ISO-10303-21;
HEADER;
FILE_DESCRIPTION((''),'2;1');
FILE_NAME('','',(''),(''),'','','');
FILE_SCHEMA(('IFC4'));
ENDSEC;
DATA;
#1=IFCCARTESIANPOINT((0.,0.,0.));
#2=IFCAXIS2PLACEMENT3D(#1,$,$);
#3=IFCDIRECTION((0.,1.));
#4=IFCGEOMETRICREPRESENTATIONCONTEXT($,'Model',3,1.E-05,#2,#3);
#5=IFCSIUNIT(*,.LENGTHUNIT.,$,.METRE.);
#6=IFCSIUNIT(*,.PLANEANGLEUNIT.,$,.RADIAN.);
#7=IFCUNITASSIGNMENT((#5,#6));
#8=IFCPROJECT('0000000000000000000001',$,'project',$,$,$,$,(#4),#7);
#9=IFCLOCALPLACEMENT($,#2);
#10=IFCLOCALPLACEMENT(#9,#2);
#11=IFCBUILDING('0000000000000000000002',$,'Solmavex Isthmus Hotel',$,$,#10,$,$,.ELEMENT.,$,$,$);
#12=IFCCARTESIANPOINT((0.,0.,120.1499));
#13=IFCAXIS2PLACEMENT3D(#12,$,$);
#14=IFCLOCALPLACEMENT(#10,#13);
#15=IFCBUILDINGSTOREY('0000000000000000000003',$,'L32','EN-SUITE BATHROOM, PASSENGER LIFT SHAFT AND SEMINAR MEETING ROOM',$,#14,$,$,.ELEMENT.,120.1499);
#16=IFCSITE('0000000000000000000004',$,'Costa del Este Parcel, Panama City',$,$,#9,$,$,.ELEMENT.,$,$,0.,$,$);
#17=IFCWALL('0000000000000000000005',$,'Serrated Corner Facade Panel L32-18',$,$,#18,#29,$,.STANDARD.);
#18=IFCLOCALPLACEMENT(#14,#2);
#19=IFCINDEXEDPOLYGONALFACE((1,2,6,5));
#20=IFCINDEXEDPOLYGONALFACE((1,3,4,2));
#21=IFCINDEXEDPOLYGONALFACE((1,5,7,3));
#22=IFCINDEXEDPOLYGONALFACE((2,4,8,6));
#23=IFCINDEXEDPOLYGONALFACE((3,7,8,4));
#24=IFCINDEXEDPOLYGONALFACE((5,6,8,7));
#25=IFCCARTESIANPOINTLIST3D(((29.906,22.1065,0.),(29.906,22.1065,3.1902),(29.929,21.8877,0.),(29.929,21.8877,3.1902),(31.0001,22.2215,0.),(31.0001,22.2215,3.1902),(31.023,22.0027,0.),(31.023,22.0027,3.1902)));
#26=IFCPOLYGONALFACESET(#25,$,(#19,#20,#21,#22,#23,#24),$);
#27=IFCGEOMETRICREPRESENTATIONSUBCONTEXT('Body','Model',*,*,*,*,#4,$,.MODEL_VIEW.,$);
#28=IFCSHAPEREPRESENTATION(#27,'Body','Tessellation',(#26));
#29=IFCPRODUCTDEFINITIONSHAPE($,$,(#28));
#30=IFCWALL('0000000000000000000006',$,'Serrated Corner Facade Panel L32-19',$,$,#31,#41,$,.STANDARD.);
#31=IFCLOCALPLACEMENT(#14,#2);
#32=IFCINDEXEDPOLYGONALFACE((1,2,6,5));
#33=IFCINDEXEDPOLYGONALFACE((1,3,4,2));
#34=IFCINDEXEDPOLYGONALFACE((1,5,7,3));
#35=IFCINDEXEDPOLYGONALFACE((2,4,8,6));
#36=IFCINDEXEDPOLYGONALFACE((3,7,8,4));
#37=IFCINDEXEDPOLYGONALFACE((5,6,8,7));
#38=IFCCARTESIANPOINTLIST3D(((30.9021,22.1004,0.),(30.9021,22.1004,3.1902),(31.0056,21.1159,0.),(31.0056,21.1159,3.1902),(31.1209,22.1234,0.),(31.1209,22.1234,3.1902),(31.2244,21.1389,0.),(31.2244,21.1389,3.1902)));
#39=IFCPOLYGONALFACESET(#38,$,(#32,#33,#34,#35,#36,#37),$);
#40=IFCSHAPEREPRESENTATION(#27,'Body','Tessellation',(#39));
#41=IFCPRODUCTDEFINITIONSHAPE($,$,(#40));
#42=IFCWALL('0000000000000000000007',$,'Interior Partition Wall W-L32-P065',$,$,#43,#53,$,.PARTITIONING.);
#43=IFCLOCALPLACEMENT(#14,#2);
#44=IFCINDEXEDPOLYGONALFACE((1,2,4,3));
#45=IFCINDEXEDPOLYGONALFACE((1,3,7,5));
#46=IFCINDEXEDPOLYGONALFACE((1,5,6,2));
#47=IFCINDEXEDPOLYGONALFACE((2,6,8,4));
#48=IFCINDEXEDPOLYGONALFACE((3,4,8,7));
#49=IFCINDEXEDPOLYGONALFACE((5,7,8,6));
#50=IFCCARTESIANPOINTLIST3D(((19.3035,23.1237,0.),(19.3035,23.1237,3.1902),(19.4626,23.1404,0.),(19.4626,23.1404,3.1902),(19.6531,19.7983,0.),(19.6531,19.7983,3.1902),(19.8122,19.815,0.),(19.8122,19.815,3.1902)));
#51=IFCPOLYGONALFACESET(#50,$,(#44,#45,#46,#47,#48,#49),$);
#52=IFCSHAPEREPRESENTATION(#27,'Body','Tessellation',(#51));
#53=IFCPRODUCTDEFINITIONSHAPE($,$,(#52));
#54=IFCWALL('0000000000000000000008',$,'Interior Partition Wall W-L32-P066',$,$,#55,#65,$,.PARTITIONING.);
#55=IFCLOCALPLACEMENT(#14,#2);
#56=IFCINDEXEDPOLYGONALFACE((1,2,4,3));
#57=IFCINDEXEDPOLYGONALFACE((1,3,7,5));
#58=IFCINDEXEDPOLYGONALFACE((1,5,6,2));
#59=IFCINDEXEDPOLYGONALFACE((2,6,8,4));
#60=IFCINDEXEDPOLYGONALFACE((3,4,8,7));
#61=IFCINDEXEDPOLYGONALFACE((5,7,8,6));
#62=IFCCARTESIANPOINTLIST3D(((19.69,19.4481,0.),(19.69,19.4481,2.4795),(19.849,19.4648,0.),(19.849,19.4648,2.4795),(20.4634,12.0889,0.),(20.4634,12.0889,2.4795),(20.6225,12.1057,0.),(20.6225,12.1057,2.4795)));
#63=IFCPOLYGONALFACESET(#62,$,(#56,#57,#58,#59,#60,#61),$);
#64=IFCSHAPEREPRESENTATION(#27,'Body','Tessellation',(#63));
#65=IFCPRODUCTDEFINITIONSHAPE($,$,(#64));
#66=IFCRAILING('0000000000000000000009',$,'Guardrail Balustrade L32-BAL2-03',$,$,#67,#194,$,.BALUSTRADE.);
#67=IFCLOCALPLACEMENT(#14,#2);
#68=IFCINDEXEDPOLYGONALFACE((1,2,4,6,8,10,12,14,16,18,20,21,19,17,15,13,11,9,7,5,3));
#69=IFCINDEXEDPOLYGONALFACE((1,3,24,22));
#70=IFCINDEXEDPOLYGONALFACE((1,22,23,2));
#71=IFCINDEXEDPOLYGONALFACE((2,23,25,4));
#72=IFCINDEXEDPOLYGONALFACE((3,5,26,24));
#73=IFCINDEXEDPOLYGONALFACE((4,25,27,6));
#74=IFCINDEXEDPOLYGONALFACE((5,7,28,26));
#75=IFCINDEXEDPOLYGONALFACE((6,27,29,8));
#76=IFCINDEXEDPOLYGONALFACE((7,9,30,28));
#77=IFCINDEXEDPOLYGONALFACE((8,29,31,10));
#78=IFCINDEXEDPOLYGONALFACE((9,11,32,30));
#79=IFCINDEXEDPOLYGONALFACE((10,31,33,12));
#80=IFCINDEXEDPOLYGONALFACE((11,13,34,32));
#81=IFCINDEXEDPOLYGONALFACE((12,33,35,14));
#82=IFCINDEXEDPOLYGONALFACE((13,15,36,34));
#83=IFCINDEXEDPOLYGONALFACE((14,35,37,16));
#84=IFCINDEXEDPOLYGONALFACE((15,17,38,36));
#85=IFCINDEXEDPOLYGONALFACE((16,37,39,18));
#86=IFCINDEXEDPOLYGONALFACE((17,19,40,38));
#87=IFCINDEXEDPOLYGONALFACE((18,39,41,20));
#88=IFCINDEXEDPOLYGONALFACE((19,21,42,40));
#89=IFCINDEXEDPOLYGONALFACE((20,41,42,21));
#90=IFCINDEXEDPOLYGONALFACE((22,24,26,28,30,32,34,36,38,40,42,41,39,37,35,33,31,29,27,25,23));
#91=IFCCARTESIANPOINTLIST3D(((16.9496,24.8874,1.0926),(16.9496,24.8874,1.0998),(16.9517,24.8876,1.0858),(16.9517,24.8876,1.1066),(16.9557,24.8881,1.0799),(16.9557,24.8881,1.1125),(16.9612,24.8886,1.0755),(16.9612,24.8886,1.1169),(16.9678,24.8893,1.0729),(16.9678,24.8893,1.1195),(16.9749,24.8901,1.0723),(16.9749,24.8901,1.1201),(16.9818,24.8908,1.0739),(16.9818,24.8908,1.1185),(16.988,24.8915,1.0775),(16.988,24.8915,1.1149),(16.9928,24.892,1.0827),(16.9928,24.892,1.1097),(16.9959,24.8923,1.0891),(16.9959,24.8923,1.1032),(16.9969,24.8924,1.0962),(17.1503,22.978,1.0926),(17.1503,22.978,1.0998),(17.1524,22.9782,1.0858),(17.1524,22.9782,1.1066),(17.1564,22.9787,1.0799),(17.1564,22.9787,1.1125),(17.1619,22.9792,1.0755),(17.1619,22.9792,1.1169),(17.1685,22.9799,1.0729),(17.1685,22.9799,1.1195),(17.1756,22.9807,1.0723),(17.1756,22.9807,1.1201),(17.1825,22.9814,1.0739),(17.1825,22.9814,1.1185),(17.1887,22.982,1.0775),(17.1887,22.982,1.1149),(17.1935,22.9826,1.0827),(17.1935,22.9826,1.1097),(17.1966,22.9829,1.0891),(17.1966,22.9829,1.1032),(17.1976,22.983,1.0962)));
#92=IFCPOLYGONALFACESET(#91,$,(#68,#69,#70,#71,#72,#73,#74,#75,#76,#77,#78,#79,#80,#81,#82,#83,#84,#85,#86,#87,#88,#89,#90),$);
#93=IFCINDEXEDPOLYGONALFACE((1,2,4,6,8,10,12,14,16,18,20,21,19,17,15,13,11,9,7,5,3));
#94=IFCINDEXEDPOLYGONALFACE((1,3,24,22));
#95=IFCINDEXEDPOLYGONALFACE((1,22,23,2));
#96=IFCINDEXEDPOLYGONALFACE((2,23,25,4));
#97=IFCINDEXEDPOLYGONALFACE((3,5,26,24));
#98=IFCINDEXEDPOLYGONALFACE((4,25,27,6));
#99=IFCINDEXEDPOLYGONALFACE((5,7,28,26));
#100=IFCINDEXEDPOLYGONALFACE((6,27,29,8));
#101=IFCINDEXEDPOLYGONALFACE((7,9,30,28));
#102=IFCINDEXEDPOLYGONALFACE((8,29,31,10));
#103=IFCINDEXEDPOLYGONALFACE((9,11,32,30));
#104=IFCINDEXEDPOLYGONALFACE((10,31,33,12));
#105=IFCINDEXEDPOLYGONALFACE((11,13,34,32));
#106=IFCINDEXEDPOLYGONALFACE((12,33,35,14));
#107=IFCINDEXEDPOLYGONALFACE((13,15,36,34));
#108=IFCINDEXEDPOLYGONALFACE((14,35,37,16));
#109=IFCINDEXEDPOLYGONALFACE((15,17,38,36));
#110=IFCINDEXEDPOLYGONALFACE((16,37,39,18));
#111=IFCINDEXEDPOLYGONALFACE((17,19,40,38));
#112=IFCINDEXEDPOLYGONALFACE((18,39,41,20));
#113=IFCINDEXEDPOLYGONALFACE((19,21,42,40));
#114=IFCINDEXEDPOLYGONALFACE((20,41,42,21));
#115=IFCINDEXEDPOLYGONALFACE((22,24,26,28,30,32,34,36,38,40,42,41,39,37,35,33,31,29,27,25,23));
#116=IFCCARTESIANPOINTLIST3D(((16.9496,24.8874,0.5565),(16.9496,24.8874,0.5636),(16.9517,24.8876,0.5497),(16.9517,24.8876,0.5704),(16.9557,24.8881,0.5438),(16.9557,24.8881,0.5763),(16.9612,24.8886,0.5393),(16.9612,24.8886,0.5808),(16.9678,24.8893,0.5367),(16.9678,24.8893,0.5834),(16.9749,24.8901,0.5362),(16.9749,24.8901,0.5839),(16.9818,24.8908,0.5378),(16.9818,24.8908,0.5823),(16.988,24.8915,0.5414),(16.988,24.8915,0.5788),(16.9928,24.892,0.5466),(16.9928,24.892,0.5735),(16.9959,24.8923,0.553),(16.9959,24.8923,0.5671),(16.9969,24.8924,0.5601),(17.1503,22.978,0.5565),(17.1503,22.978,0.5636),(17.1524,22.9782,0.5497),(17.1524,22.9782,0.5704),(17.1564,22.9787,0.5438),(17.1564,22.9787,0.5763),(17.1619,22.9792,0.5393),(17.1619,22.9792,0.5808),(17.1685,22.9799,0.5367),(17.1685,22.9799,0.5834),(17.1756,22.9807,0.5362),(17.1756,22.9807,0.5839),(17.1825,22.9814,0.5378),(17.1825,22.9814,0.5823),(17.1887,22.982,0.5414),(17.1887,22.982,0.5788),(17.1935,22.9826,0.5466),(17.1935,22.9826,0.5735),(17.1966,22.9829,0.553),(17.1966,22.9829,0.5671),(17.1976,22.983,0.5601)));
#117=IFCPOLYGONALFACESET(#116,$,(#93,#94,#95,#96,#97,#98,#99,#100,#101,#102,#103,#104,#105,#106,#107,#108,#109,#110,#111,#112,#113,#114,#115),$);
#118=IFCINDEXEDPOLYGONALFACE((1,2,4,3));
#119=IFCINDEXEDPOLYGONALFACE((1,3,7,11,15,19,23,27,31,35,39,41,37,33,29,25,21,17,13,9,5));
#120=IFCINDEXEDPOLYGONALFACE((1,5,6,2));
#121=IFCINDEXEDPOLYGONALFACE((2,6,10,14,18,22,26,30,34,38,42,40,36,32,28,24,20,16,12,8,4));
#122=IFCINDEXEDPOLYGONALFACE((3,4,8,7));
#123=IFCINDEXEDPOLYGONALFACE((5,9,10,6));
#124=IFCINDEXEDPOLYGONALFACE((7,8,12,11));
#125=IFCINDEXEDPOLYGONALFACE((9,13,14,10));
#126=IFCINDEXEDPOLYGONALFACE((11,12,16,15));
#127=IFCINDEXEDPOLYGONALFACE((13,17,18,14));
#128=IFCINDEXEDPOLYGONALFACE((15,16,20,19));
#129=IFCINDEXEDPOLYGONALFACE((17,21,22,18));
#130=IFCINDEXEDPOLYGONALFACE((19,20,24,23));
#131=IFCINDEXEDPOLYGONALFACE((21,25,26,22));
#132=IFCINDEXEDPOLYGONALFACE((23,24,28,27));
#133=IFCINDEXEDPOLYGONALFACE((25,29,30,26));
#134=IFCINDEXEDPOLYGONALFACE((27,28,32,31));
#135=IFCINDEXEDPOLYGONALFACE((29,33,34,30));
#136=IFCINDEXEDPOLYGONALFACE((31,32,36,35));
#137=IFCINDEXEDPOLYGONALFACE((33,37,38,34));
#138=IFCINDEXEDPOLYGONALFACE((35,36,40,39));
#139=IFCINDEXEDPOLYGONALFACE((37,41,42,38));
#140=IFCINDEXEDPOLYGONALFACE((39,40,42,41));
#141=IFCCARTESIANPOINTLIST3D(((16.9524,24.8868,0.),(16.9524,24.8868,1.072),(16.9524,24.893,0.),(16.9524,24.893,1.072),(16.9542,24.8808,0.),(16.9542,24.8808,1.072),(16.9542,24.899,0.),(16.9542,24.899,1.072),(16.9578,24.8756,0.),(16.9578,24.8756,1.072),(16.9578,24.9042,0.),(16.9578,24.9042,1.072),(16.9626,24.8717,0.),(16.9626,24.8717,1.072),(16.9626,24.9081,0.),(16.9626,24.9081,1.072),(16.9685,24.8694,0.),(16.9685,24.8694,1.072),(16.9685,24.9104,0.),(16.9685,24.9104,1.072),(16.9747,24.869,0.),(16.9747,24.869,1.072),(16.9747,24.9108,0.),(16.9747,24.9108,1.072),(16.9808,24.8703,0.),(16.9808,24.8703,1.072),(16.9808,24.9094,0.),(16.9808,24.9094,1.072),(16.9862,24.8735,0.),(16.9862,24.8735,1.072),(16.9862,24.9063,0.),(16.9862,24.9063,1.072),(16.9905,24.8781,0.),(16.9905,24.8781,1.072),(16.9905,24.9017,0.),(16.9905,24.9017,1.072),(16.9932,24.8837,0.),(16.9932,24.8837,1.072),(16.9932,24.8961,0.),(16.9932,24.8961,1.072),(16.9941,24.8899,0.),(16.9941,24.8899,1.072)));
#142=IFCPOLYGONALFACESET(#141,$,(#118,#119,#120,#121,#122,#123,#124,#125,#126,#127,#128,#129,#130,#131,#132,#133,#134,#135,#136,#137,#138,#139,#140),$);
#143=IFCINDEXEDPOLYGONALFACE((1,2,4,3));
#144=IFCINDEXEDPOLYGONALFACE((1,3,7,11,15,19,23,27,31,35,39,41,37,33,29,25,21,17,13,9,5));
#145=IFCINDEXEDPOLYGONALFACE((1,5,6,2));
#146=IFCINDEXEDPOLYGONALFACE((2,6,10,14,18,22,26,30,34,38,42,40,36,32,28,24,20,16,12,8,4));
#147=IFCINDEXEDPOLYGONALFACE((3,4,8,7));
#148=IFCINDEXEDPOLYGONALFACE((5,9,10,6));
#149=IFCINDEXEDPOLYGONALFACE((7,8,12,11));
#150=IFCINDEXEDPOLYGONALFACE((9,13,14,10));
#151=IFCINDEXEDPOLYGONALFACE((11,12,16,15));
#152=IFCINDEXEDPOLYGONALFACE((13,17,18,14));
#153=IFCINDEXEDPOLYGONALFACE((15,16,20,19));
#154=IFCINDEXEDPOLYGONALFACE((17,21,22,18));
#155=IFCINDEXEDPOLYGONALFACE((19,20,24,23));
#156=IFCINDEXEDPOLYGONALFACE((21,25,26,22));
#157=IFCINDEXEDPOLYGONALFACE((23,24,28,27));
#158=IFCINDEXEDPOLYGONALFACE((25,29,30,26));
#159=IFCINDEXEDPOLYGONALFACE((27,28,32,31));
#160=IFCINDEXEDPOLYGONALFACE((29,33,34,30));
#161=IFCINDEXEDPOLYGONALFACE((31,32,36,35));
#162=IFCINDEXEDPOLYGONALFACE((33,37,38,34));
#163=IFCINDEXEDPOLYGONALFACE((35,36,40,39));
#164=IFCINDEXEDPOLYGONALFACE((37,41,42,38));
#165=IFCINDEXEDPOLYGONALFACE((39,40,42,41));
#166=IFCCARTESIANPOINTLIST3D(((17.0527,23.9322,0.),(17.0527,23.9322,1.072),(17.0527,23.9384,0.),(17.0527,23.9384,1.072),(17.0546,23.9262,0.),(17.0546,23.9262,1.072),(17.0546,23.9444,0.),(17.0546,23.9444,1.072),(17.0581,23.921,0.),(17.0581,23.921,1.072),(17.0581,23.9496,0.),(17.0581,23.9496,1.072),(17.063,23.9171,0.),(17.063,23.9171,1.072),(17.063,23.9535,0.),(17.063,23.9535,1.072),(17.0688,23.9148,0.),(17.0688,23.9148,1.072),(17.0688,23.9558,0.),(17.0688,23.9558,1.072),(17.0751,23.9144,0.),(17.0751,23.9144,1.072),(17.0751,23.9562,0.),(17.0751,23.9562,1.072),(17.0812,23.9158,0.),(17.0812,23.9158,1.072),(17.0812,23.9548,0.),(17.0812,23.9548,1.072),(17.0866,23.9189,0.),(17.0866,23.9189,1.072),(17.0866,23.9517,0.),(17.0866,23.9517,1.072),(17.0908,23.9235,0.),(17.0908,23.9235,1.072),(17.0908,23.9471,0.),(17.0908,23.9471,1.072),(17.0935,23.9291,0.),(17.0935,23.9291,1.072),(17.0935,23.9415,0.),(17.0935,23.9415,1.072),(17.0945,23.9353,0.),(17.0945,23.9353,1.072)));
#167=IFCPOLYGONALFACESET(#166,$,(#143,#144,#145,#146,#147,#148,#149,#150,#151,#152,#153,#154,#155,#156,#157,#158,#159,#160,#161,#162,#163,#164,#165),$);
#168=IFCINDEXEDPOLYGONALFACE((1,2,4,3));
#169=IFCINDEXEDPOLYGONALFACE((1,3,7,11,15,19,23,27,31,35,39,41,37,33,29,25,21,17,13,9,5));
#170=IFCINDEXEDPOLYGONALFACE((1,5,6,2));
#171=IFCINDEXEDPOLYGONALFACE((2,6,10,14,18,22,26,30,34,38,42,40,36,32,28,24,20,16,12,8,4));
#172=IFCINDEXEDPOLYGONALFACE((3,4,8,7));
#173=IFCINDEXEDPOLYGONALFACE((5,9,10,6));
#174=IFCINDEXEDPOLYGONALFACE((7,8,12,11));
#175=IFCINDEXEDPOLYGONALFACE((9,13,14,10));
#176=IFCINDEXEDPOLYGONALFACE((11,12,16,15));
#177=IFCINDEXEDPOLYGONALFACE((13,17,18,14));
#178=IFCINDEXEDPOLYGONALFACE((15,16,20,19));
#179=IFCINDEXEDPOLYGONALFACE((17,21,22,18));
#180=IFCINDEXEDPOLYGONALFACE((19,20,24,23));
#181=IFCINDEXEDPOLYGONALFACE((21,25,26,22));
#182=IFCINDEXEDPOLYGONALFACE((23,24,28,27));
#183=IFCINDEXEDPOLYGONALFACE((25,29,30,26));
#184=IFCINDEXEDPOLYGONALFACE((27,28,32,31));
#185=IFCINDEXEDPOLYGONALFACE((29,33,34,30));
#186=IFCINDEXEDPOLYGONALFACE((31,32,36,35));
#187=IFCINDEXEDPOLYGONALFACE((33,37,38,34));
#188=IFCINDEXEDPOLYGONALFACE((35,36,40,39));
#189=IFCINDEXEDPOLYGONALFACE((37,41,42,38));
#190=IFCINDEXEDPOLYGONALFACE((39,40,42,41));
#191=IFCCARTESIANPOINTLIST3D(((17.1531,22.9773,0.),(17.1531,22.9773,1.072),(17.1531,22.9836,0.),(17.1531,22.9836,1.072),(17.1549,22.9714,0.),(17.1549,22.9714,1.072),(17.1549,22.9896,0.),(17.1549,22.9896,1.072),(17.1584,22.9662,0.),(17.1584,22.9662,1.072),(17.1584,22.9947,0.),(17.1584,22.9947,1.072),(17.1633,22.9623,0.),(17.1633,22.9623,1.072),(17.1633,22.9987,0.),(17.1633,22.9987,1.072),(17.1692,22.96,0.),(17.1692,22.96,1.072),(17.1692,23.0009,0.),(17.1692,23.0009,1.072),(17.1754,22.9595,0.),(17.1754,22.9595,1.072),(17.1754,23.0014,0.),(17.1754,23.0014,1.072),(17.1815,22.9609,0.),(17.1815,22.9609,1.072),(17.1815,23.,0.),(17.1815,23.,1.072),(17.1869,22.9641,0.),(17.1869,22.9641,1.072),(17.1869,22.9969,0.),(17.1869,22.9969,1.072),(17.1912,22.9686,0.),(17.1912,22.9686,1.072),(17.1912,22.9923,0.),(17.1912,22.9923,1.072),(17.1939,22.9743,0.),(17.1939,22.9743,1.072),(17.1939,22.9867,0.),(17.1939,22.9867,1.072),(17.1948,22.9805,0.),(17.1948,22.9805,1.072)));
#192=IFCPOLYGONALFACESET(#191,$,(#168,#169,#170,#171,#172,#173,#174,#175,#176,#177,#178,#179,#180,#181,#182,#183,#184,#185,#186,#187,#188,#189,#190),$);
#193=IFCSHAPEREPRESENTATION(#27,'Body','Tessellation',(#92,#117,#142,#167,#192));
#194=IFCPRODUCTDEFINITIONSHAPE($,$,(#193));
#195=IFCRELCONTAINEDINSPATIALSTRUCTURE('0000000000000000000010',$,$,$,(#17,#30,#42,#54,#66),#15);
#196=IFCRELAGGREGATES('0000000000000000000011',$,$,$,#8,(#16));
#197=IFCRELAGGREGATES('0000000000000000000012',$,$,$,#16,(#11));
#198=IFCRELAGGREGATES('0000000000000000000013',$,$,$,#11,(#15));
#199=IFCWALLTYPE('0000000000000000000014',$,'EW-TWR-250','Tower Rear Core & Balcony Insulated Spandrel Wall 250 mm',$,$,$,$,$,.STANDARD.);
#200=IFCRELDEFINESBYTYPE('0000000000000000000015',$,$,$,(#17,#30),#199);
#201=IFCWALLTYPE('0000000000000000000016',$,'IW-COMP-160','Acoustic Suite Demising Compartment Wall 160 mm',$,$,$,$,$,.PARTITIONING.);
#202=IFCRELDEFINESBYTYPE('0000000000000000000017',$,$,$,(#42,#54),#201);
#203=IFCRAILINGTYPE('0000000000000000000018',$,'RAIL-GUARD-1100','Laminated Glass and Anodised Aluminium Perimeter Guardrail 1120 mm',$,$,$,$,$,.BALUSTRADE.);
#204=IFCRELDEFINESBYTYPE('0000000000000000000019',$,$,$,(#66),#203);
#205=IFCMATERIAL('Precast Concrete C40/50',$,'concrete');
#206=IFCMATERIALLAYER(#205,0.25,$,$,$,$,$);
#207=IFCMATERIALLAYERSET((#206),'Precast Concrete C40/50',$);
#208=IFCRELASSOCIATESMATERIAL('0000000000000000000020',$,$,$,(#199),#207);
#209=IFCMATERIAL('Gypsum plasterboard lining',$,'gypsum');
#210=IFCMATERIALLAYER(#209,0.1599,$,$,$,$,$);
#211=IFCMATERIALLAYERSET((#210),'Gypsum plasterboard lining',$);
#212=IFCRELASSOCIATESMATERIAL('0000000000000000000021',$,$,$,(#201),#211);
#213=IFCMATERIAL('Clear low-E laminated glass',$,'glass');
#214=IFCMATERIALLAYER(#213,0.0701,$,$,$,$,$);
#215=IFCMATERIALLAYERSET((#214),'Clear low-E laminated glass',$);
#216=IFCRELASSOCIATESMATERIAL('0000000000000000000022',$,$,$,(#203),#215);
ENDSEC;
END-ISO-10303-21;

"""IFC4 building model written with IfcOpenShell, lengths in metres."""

from ifc_helpers import new_model, si_unit, direction, frame, frame_2d, origin, origin_2d, place, context, subcontext, project, spatial, rectangle, circle, extrude, material, layer, layer_set, type_object, element, save


model = new_model("IFC4")

# Units and contexts
model_context = context("Model", 3, precision=1e-05, world=origin(), true_north=direction((0.0, 1.0)))
body_context = subcontext(model_context, "Body", "Model", "MODEL_VIEW")
ifc_project = project(units=[si_unit("LENGTHUNIT", "METRE"), si_unit("PLANEANGLEUNIT", "RADIAN")], contexts=[model_context])

# Site, building, storey
site_placement = place(None, origin())
site = spatial("IfcSite", under=ifc_project, at=site_placement, Name="Costa del Este Parcel, Panama City", CompositionType="ELEMENT", RefElevation=0.0)
building_placement = place(site_placement, origin())
building = spatial("IfcBuilding", under=site, at=building_placement, Name="Solmavex Isthmus Hotel", CompositionType="ELEMENT")
storey_placement = place(building_placement, frame((0.0, 0.0, 120.1499)))
storey = spatial("IfcBuildingStorey", under=building, at=storey_placement, Name="L32", Description="EN-SUITE BATHROOM, PASSENGER LIFT SHAFT AND SEMINAR MEETING ROOM", CompositionType="ELEMENT", Elevation=120.1499)

# Shared definitions
ifc_material_1 = material(Name="Clear low-E laminated glass", Category="glass")

# Walls
ifc_material_2 = material(Name="Precast Concrete C40/50", Category="concrete")
ifc_layer_1 = layer(ifc_material_2, 0.25)
ifc_layer_set_1 = layer_set([ifc_layer_1], Name="Precast Concrete C40/50")
wall_type_1 = type_object("IfcWallType", Name="EW-TWR-250", Description="Tower Rear Core & Balcony Insulated Spandrel Wall 250 mm", PredefinedType="STANDARD", material=ifc_layer_set_1)
for number, where, z_axis, x_axis, name in (
    (1, (29.9175, 21.9971, 0.0), (0.0, 0.0, 1.0), (0.994521, 0.104535, 0.0), "Serrated Corner Facade Panel L32-18"),
):
    element("IfcWall", number, at=place(storey_placement, frame(where, z_axis=z_axis, x_axis=x_axis)), inside=storey, type_object=wall_type_1, Name=name, PredefinedType="STANDARD", context=body_context, shape_type="SweptSolid", body=[
        extrude(rectangle(XDim=1.1001, YDim=0.22, at=frame_2d((0.55, 0.0))), origin(), (0.0, 0.0, 1.0), 3.1902),
    ])
wall_1_placement = place(storey_placement, frame((31.0115, 22.1121, 0.0), z_axis=(0.0, 0.0, 1.0), x_axis=(0.104556, -0.994519, 0.0)))
element("IfcWall", 2, at=wall_1_placement, inside=storey, type_object=wall_type_1, Name="Serrated Corner Facade Panel L32-19", PredefinedType="STANDARD", context=body_context, shape_type="SweptSolid", body=[
    extrude(rectangle(XDim=0.99, YDim=0.22, at=frame_2d((0.4951, 0.0))), origin(), (0.0, 0.0, 1.0), 3.1902),
])
ifc_material_3 = material(Name="Gypsum plasterboard lining", Category="gypsum")
ifc_layer_2 = layer(ifc_material_3, 0.1599)
ifc_layer_set_2 = layer_set([ifc_layer_2], Name="Gypsum plasterboard lining")
wall_type_2 = type_object("IfcWallType", Name="IW-COMP-160", Description="Acoustic Suite Demising Compartment Wall 160 mm", PredefinedType="PARTITIONING", material=ifc_layer_set_2)
wall_2_placement = place(storey_placement, frame((19.3831, 23.1321, 0.0), z_axis=(0.0, 0.0, 1.0), x_axis=(0.104556, -0.994519, 0.0)))
element("IfcWall", 3, at=wall_2_placement, inside=storey, type_object=wall_type_2, Name="Interior Partition Wall W-L32-P065", PredefinedType="PARTITIONING", context=body_context, shape_type="SweptSolid", body=[
    extrude(rectangle(XDim=3.3438, YDim=0.1599, at=frame_2d((1.6719, 0.0))), origin(), (0.0, 0.0, 1.0), 3.1902),
])
wall_3_placement = place(storey_placement, frame((19.7695, 19.4563, 0.0), z_axis=(0.0, 0.0, 1.0), x_axis=(0.104523, -0.994522, 0.0)))
element("IfcWall", 4, at=wall_3_placement, inside=storey, type_object=wall_type_2, Name="Interior Partition Wall W-L32-P066", PredefinedType="PARTITIONING", context=body_context, shape_type="SweptSolid", body=[
    extrude(rectangle(XDim=7.3997, YDim=0.1599, at=frame_2d((3.6997, 0.0))), origin(), (0.0, 0.0, 1.0), 2.4795),
])

# Railing
ifc_layer_3 = layer(ifc_material_1, 0.0701)
ifc_layer_set_3 = layer_set([ifc_layer_3], Name="Clear low-E laminated glass")
railing_type = type_object("IfcRailingType", Name="RAIL-GUARD-1100", Description="Laminated Glass and Anodised Aluminium Perimeter Guardrail 1120 mm", PredefinedType="BALUSTRADE", material=ifc_layer_set_3)
railing_placement = place(storey_placement, frame((16.9731, 24.8899, 0.0)))
element("IfcRailing", 5, at=railing_placement, inside=storey, type_object=railing_type, Name="Guardrail Balustrade L32-BAL2-03", PredefinedType="BALUSTRADE", context=body_context, shape_type="SweptSolid", body=[
    extrude(circle(Radius=0.0239, at=origin_2d()), frame((0.0, 0.0, 1.0962), z_axis=(0.104526, -0.994522, 0.0), x_axis=(0.994522, 0.104526, 0.0)), (0.0, 0.0, 1.0), 1.9199),
    extrude(circle(Radius=0.0239, at=origin_2d()), frame((0.0, 0.0, 0.5601), z_axis=(0.104526, -0.994522, 0.0), x_axis=(0.994522, 0.104526, 0.0)), (0.0, 0.0, 1.0), 1.9199),
    extrude(circle(Radius=0.021, at=origin_2d()), origin(), (0.0, 0.0, 1.0), 1.072),
    extrude(circle(Radius=0.021, at=origin_2d()), frame((0.1003, -0.9546, 0.0)), (0.0, 0.0, 1.0), 1.072),
    extrude(circle(Radius=0.021, at=origin_2d()), frame((0.2007, -1.9094, 0.0)), (0.0, 0.0, 1.0), 1.072),
])

save(model, "model.ifc")
